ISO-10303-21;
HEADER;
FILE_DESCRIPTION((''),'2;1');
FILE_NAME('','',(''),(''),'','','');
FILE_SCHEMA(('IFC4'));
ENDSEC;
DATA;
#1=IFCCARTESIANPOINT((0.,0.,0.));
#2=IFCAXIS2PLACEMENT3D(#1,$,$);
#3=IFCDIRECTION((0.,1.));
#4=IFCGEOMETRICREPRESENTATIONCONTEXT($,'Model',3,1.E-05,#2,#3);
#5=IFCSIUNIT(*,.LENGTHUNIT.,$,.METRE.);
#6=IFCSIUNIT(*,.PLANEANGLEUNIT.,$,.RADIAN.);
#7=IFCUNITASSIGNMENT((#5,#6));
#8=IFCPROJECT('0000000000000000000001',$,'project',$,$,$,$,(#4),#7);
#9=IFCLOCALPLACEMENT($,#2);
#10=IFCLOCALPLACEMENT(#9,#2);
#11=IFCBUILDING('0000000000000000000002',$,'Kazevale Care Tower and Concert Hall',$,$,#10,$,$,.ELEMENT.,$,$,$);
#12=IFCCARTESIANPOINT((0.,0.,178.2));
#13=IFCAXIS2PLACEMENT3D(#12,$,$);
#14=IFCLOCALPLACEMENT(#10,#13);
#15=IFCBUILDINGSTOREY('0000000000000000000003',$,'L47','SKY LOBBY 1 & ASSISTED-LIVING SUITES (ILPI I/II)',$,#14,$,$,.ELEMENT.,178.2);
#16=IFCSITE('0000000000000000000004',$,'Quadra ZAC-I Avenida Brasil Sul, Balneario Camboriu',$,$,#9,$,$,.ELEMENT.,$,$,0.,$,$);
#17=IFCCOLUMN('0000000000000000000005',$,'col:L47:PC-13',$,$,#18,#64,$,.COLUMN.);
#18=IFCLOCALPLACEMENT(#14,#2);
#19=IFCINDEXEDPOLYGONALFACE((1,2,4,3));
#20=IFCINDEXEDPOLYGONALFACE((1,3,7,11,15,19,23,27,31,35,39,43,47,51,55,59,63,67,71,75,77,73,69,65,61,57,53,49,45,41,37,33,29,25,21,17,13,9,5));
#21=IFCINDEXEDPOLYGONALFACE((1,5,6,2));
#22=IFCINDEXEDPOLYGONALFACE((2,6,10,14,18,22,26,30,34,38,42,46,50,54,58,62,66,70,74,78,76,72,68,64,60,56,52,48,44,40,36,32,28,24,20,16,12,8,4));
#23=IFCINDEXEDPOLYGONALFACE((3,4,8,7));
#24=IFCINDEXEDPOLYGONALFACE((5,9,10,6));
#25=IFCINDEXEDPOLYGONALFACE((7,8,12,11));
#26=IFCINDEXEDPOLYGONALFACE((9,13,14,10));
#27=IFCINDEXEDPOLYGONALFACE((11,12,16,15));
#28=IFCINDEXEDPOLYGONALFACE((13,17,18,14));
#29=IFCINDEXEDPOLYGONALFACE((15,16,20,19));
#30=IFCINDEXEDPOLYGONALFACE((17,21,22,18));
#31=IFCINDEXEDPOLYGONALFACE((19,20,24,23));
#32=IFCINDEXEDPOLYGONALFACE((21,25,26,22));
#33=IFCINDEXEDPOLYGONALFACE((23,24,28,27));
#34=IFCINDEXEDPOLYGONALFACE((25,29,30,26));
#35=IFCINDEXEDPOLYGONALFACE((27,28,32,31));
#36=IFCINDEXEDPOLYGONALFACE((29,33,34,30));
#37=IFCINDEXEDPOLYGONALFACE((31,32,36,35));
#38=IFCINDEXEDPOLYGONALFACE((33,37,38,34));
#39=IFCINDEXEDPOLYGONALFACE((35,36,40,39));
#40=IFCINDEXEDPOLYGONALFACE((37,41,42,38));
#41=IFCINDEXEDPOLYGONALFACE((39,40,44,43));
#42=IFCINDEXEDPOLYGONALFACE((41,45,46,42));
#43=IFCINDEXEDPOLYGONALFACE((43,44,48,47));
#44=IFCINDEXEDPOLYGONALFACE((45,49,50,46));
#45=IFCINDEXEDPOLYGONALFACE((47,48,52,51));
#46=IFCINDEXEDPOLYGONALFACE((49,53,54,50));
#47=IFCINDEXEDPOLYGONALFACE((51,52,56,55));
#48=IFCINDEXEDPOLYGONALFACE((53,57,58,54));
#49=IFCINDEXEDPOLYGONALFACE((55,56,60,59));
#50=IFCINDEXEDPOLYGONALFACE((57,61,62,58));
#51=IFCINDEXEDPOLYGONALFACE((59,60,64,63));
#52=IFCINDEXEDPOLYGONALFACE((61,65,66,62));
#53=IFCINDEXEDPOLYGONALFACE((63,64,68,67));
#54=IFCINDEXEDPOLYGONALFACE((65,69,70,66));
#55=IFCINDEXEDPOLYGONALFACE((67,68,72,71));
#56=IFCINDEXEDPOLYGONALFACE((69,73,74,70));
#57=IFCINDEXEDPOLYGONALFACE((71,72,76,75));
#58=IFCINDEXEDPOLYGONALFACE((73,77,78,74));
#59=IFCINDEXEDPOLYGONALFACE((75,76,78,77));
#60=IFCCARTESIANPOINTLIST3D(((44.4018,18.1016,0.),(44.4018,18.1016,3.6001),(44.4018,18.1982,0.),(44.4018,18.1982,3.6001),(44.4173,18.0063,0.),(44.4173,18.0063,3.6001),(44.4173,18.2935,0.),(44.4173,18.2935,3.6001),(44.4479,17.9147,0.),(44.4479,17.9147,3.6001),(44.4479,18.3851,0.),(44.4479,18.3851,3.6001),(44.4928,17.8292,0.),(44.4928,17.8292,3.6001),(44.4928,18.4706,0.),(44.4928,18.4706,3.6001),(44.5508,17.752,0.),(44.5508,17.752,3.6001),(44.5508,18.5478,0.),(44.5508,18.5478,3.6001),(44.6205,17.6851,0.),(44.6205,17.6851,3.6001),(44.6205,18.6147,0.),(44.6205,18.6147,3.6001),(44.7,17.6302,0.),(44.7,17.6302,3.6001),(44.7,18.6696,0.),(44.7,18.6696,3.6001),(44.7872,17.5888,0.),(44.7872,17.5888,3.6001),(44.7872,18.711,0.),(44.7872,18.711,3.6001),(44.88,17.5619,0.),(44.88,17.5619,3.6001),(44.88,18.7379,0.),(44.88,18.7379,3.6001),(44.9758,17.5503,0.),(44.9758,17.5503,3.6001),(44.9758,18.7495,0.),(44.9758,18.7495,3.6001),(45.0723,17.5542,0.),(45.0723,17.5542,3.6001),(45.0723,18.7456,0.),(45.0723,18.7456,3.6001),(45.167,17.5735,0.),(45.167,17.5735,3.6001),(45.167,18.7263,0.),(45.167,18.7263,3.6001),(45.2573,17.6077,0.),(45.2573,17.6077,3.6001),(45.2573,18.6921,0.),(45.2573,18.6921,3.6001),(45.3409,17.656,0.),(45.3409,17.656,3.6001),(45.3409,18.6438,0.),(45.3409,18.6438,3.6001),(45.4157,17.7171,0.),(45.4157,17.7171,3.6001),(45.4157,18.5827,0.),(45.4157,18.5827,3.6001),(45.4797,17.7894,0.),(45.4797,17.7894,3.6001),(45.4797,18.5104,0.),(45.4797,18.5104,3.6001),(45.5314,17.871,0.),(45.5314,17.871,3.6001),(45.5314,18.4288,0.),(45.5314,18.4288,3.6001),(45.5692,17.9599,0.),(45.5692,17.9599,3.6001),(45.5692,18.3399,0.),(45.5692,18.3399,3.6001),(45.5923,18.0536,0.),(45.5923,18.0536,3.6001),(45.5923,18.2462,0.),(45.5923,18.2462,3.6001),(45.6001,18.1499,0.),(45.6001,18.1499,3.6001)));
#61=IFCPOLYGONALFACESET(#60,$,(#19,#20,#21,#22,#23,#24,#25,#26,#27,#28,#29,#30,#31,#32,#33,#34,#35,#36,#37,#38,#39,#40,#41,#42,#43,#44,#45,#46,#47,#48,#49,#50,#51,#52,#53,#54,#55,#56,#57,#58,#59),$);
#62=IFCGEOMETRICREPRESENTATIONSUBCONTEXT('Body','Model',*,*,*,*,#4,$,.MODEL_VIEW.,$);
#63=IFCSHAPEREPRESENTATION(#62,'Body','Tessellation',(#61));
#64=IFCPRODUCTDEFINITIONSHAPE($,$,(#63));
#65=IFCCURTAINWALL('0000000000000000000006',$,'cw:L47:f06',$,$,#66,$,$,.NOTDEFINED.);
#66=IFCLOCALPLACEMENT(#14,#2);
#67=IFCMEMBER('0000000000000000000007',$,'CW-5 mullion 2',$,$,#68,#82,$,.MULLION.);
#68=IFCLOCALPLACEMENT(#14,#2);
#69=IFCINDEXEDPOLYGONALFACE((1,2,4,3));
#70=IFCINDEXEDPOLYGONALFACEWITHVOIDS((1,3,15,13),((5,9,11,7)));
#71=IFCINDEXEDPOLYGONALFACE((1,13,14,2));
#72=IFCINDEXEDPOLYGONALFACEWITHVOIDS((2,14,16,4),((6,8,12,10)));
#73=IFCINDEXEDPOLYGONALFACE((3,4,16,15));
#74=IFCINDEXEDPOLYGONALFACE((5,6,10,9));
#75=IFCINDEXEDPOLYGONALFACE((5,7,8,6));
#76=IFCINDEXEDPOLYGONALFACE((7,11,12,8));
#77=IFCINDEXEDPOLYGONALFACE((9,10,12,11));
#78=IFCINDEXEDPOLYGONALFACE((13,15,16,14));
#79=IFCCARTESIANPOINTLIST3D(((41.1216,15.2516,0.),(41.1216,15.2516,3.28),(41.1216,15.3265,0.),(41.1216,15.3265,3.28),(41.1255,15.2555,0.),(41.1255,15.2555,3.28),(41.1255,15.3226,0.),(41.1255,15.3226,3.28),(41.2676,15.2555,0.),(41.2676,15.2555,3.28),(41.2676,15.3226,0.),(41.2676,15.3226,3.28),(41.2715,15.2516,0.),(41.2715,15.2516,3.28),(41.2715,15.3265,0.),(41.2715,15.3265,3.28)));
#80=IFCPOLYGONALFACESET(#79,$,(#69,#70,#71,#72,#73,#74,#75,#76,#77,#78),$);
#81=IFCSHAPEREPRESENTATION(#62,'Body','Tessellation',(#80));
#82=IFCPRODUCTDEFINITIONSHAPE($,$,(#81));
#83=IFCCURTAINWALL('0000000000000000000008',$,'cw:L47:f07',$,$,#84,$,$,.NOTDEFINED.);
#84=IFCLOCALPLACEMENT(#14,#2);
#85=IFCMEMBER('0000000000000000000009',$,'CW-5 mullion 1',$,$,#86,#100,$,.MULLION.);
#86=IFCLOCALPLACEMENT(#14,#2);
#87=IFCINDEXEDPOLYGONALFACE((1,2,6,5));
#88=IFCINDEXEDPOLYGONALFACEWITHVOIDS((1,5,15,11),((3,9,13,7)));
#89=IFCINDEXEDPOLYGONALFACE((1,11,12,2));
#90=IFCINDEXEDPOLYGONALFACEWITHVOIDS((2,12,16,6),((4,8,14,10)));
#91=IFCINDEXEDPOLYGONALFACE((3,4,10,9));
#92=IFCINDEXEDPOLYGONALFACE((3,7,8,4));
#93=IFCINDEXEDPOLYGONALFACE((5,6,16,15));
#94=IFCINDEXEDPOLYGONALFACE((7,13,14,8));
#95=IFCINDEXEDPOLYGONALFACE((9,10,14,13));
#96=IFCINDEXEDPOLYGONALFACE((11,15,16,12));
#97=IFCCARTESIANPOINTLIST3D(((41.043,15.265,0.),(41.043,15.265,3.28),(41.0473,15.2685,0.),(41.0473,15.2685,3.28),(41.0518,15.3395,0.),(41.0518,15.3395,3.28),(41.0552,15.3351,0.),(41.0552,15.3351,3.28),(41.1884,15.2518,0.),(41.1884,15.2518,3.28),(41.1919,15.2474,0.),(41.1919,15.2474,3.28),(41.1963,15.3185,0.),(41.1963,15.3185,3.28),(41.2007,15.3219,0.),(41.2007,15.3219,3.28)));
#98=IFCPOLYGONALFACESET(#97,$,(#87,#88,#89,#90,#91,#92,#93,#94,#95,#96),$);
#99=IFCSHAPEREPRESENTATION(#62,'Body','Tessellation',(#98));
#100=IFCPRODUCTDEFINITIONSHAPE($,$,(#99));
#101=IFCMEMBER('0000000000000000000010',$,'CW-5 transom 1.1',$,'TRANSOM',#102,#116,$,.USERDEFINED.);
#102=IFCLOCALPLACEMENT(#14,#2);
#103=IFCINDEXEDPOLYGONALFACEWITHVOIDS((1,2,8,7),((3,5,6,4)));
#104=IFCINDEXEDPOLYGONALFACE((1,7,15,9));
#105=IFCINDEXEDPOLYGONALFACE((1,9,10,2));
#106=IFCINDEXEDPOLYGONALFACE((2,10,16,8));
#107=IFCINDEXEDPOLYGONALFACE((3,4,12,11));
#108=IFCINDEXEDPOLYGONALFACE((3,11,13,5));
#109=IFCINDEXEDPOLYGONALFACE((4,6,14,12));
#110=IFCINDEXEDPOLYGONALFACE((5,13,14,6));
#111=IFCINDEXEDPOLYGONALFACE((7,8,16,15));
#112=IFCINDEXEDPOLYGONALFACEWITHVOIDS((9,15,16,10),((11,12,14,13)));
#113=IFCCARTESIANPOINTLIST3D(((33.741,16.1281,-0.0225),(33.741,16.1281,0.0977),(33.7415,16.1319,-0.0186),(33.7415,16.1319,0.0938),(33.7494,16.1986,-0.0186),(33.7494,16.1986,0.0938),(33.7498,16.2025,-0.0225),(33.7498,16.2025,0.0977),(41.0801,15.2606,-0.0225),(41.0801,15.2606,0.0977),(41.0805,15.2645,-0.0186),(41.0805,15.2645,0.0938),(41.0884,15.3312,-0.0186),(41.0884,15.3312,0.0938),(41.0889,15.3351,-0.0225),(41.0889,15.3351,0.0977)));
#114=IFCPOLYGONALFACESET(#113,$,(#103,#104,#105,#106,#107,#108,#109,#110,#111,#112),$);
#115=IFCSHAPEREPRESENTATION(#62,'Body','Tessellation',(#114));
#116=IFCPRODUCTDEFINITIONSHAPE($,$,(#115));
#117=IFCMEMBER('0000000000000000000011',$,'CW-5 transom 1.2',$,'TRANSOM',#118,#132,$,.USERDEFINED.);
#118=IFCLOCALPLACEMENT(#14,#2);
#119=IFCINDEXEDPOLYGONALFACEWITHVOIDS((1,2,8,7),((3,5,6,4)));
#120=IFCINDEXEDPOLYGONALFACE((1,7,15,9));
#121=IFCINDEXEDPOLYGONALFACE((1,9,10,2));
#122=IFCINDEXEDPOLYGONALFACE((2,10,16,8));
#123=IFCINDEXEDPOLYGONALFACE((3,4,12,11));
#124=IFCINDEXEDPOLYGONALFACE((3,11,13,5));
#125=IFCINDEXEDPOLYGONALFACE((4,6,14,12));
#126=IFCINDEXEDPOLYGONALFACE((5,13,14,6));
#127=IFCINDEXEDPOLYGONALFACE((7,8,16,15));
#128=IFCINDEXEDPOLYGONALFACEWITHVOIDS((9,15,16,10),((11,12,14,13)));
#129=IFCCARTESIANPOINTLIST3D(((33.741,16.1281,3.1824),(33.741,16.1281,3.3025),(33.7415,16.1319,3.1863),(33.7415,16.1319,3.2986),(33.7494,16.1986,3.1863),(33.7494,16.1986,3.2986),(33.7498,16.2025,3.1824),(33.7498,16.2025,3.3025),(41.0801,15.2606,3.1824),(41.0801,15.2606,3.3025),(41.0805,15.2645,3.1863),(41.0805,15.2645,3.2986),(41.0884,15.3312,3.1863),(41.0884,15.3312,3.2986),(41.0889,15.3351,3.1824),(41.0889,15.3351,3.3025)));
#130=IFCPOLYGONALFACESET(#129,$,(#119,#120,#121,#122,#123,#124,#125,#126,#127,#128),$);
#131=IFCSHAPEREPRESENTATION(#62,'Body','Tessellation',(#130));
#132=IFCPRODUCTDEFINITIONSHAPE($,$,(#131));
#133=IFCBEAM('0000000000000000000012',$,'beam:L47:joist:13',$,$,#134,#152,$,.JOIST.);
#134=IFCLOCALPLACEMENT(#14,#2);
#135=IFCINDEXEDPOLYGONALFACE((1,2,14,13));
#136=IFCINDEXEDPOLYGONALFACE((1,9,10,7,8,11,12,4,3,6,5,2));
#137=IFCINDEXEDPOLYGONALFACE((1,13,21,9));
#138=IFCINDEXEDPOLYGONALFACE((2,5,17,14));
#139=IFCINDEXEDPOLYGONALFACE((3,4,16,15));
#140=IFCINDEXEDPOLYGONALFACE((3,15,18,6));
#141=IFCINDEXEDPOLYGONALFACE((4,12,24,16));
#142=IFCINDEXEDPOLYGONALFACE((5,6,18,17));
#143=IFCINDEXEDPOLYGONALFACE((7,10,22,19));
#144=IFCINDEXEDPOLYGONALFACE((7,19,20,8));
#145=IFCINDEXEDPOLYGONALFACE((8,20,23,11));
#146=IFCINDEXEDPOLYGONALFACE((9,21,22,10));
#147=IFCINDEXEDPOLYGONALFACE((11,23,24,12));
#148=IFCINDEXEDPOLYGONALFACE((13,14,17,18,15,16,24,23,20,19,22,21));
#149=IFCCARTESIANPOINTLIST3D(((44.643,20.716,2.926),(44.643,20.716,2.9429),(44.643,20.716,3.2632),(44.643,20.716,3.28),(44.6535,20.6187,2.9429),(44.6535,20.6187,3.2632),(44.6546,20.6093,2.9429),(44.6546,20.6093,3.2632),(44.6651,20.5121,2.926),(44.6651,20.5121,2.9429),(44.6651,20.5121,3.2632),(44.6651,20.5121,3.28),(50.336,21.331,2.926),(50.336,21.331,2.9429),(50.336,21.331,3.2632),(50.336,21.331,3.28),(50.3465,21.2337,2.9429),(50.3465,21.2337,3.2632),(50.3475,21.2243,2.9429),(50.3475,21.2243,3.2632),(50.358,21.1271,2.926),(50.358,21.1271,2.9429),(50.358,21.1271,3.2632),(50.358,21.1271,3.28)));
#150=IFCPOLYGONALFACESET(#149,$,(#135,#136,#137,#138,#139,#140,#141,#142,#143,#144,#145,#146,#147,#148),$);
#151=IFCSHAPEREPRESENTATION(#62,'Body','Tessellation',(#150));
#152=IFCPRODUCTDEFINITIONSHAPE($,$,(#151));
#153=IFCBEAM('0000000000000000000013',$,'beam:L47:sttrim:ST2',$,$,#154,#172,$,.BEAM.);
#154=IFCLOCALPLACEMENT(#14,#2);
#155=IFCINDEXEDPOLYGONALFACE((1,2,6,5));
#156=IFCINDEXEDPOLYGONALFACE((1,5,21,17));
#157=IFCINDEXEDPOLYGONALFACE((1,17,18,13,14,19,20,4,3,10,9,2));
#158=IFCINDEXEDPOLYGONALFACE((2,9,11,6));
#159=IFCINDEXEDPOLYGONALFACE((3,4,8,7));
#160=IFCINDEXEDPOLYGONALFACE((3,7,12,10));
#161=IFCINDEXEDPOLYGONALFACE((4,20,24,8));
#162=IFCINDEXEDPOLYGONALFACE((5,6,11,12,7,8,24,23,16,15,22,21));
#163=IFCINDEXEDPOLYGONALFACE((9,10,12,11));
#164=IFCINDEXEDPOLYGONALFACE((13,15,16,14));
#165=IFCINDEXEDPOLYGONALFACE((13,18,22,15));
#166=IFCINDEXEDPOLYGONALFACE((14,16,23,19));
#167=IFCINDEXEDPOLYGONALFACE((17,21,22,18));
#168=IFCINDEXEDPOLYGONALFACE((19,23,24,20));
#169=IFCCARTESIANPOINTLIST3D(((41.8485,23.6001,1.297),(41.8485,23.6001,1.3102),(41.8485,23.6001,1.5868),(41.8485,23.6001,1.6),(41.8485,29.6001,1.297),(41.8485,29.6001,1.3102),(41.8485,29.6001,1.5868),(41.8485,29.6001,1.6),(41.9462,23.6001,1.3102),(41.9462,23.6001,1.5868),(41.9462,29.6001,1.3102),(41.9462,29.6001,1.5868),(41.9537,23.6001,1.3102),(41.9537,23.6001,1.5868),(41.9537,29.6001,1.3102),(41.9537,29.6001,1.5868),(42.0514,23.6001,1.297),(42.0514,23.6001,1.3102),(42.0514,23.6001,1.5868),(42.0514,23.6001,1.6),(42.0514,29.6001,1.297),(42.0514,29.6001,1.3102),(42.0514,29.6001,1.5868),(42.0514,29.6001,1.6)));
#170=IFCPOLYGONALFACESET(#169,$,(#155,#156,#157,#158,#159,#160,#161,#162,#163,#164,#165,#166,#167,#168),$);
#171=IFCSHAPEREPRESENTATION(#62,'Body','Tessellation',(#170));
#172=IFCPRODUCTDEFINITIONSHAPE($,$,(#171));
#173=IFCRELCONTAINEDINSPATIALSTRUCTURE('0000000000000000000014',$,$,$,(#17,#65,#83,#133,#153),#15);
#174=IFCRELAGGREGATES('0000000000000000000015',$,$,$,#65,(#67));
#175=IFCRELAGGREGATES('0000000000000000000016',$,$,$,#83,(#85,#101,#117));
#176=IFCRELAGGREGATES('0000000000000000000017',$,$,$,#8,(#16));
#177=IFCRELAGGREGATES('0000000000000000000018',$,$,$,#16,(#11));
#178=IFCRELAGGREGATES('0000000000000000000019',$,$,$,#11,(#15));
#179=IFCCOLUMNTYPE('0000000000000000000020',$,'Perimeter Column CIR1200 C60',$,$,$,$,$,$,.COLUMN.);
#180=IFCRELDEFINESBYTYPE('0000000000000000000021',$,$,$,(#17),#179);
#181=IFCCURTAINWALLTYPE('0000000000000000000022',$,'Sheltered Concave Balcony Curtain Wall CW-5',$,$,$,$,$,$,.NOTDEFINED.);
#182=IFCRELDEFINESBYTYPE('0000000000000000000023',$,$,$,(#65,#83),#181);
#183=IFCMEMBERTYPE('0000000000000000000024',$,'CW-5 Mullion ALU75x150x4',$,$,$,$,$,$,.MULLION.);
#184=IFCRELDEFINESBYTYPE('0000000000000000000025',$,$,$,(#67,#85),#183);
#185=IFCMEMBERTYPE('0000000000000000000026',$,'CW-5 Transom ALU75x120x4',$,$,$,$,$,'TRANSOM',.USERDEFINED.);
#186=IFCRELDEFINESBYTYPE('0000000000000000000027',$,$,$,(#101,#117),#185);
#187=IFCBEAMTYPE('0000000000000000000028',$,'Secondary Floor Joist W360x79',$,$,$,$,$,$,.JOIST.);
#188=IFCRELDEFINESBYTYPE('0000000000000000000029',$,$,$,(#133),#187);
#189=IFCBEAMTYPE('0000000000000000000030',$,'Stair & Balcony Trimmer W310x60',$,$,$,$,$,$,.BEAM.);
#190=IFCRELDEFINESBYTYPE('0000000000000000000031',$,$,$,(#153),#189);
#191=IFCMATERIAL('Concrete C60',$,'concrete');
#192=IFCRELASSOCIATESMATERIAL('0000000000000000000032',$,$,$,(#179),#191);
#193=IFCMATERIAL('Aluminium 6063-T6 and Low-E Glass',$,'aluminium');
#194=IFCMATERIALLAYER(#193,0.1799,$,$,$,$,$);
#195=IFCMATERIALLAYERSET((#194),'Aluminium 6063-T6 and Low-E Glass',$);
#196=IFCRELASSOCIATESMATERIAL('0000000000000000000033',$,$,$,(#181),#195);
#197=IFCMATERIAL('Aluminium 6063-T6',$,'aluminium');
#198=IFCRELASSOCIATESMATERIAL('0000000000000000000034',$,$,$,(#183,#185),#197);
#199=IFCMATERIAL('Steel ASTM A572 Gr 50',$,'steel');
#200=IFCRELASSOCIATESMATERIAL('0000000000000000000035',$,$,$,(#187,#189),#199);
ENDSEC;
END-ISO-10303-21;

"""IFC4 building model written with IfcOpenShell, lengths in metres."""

from ifc_helpers import new_model, si_unit, direction, frame, origin, origin_2d, place, context, subcontext, project, spatial, hollow_rectangle, circle, i_section, extrude, material, layer, layer_set, material_profile, profile_set, type_object, element, aggregate, save


model = new_model("IFC4")

# Units and contexts
model_context = context("Model", 3, precision=1e-05, world=origin(), true_north=direction((0.0, 1.0)))
body_context = subcontext(model_context, "Body", "Model", "MODEL_VIEW")
ifc_project = project(units=[si_unit("LENGTHUNIT", "METRE"), si_unit("PLANEANGLEUNIT", "RADIAN")], contexts=[model_context])

# Site, building, storey
site_placement = place(None, origin())
site = spatial("IfcSite", under=ifc_project, at=site_placement, Name="Quadra ZAC-I Avenida Brasil Sul, Balneario Camboriu", CompositionType="ELEMENT", RefElevation=0.0)
building_placement = place(site_placement, origin())
building = spatial("IfcBuilding", under=site, at=building_placement, Name="Kazevale Care Tower and Concert Hall", CompositionType="ELEMENT")
storey_placement = place(building_placement, frame((0.0, 0.0, 178.2)))
storey = spatial("IfcBuildingStorey", under=building, at=storey_placement, Name="L47", Description="SKY LOBBY 1 & ASSISTED-LIVING SUITES (ILPI I/II)", CompositionType="ELEMENT", Elevation=178.2)

# Column
ifc_material_1 = material(Name="Concrete C60", Category="concrete")
ifc_material_profile_1 = material_profile(ifc_material_1, circle(Radius=0.6001, at=origin_2d()), Name="RC-CIR1200")
ifc_profile_set_1 = profile_set([ifc_material_profile_1], Name="Concrete C60")
column_type = type_object("IfcColumnType", Name="Perimeter Column CIR1200 C60", PredefinedType="COLUMN", material=ifc_profile_set_1)
column_placement = place(storey_placement, frame((45.0, 18.1499, 0.0), z_axis=(0.0, 0.0, 1.0), x_axis=(1.0, 0.0, 0.0)))
element("IfcColumn", 1, at=column_placement, inside=storey, type_object=column_type, Name="col:L47:PC-13", PredefinedType="COLUMN", context=body_context, shape_type="SweptSolid", body=[
    extrude(circle(Radius=0.6001, at=origin_2d()), origin(), (0.0, 0.0, 1.0), 3.6001),
])

# Curtain wall, member
ifc_material_2 = material(Name="Aluminium 6063-T6 and Low-E Glass", Category="aluminium")
ifc_layer_1 = layer(ifc_material_2, 0.1799)
ifc_layer_set_1 = layer_set([ifc_layer_1], Name="Aluminium 6063-T6 and Low-E Glass")
curtain_wall_type = type_object("IfcCurtainWallType", Name="Sheltered Concave Balcony Curtain Wall CW-5", PredefinedType="NOTDEFINED", material=ifc_layer_set_1)
curtain_wall_1_placement = place(storey_placement, origin())
curtain_wall_1 = element("IfcCurtainWall", 2, at=curtain_wall_1_placement, inside=storey, type_object=curtain_wall_type, Name="cw:L47:f06", PredefinedType="NOTDEFINED")
ifc_material_3 = material(Name="Aluminium 6063-T6", Category="aluminium")
ifc_material_profile_2 = material_profile(ifc_material_3, hollow_rectangle(XDim=0.075, YDim=0.1499, WallThickness=0.0039, at=origin_2d()), Name="ALU75x150x4")
ifc_profile_set_2 = profile_set([ifc_material_profile_2], Name="Aluminium 6063-T6")
member_type_1 = type_object("IfcMemberType", Name="CW-5 Mullion ALU75x150x4", PredefinedType="MULLION", material=ifc_profile_set_2)
member_1_placement = place(storey_placement, frame((41.1965, 15.2891, 0.0), z_axis=(0.0, 0.0, 1.0), x_axis=(0.0, -1.0, 0.0)))
member_1 = element("IfcMember", 3, at=member_1_placement, type_object=member_type_1, Name="CW-5 mullion 2", PredefinedType="MULLION", context=body_context, shape_type="SweptSolid", body=[
    extrude(hollow_rectangle(XDim=0.075, YDim=0.1499, WallThickness=0.0039, at=origin_2d()), origin(), (0.0, 0.0, 1.0), 3.28),
])

# Curtain wall, members
curtain_wall_2_placement = place(storey_placement, origin())
curtain_wall_2 = element("IfcCurtainWall", 4, at=curtain_wall_2_placement, inside=storey, type_object=curtain_wall_type, Name="cw:L47:f07", PredefinedType="NOTDEFINED")
member_2_placement = place(storey_placement, frame((41.1218, 15.2935, 0.0), z_axis=(0.0, 0.0, 1.0), x_axis=(-0.117372, -0.993088, 0.0)))
member_2 = element("IfcMember", 5, at=member_2_placement, type_object=member_type_1, Name="CW-5 mullion 1", PredefinedType="MULLION", context=body_context, shape_type="SweptSolid", body=[
    extrude(hollow_rectangle(XDim=0.075, YDim=0.1499, WallThickness=0.0039, at=origin_2d()), origin(), (0.0, 0.0, 1.0), 3.28),
])
ifc_material_profile_3 = material_profile(ifc_material_3, hollow_rectangle(XDim=0.075, YDim=0.1201, WallThickness=0.0039, at=origin_2d()), Name="ALU75x120x4")
ifc_profile_set_3 = profile_set([ifc_material_profile_3], Name="Aluminium 6063-T6")
member_type_2 = type_object("IfcMemberType", Name="CW-5 Transom ALU75x120x4", ElementType="TRANSOM", PredefinedType="USERDEFINED", material=ifc_profile_set_3)
member_3_placement = place(storey_placement, frame((41.0845, 15.2979, 0.0376), z_axis=(-0.993088, 0.117376, 0.0), x_axis=(-0.117376, -0.993088, 0.0)))
member_3 = element("IfcMember", 6, at=member_3_placement, type_object=member_type_2, Name="CW-5 transom 1.1", ObjectType="TRANSOM", PredefinedType="USERDEFINED", context=body_context, shape_type="SweptSolid", body=[
    extrude(hollow_rectangle(XDim=0.075, YDim=0.1201, WallThickness=0.0039, at=origin_2d()), origin(), (0.0, 0.0, 1.0), 7.3901),
])
member_4_placement = place(storey_placement, frame((41.0845, 15.2979, 3.2424), z_axis=(-0.993088, 0.117376, 0.0), x_axis=(-0.117376, -0.993088, 0.0)))
member_4 = element("IfcMember", 7, at=member_4_placement, type_object=member_type_2, Name="CW-5 transom 1.2", ObjectType="TRANSOM", PredefinedType="USERDEFINED", context=body_context, shape_type="SweptSolid", body=[
    extrude(hollow_rectangle(XDim=0.075, YDim=0.1201, WallThickness=0.0039, at=origin_2d()), origin(), (0.0, 0.0, 1.0), 7.3901),
])

# Beams
ifc_material_4 = material(Name="Steel ASTM A572 Gr 50", Category="steel")
ifc_material_profile_4 = material_profile(ifc_material_4, i_section(OverallWidth=0.2051, OverallDepth=0.354, WebThickness=0.0095, FlangeThickness=0.0168, at=origin_2d()), Name="W360x79")
ifc_profile_set_4 = profile_set([ifc_material_profile_4], Name="Steel ASTM A572 Gr 50")
beam_type_1 = type_object("IfcBeamType", Name="Secondary Floor Joist W360x79", PredefinedType="JOIST", material=ifc_profile_set_4)
beam_1_placement = place(storey_placement, frame((44.6541, 20.614, 3.103), z_axis=(0.994216, 0.107403, 0.0), x_axis=(-0.107403, 0.994216, 0.0)))
element("IfcBeam", 8, at=beam_1_placement, inside=storey, type_object=beam_type_1, Name="beam:L47:joist:13", PredefinedType="JOIST", context=body_context, shape_type="SweptSolid", body=[
    extrude(i_section(OverallWidth=0.2051, OverallDepth=0.354, WebThickness=0.0095, FlangeThickness=0.0168, at=origin_2d()), origin(), (0.0, 0.0, 1.0), 5.7261),
])
ifc_material_profile_5 = material_profile(ifc_material_4, i_section(OverallWidth=0.2029, OverallDepth=0.303, WebThickness=0.0076, FlangeThickness=0.0132, at=origin_2d()), Name="W310x60")
ifc_profile_set_5 = profile_set([ifc_material_profile_5], Name="Steel ASTM A572 Gr 50")
beam_type_2 = type_object("IfcBeamType", Name="Stair & Balcony Trimmer W310x60", PredefinedType="BEAM", material=ifc_profile_set_5)
beam_2_placement = place(storey_placement, frame((41.95, 23.6001, 1.4485), z_axis=(0.0, 1.0, 0.0), x_axis=(-1.0, 0.0, 0.0)))
element("IfcBeam", 9, at=beam_2_placement, inside=storey, type_object=beam_type_2, Name="beam:L47:sttrim:ST2", PredefinedType="BEAM", context=body_context, shape_type="SweptSolid", body=[
    extrude(i_section(OverallWidth=0.2029, OverallDepth=0.303, WebThickness=0.0076, FlangeThickness=0.0132, at=origin_2d()), origin(), (0.0, 0.0, 1.0), 6.0),
])

aggregate(curtain_wall_1, [member_1])
aggregate(curtain_wall_2, [member_2, member_3, member_4])

save(model, "model.ifc")
